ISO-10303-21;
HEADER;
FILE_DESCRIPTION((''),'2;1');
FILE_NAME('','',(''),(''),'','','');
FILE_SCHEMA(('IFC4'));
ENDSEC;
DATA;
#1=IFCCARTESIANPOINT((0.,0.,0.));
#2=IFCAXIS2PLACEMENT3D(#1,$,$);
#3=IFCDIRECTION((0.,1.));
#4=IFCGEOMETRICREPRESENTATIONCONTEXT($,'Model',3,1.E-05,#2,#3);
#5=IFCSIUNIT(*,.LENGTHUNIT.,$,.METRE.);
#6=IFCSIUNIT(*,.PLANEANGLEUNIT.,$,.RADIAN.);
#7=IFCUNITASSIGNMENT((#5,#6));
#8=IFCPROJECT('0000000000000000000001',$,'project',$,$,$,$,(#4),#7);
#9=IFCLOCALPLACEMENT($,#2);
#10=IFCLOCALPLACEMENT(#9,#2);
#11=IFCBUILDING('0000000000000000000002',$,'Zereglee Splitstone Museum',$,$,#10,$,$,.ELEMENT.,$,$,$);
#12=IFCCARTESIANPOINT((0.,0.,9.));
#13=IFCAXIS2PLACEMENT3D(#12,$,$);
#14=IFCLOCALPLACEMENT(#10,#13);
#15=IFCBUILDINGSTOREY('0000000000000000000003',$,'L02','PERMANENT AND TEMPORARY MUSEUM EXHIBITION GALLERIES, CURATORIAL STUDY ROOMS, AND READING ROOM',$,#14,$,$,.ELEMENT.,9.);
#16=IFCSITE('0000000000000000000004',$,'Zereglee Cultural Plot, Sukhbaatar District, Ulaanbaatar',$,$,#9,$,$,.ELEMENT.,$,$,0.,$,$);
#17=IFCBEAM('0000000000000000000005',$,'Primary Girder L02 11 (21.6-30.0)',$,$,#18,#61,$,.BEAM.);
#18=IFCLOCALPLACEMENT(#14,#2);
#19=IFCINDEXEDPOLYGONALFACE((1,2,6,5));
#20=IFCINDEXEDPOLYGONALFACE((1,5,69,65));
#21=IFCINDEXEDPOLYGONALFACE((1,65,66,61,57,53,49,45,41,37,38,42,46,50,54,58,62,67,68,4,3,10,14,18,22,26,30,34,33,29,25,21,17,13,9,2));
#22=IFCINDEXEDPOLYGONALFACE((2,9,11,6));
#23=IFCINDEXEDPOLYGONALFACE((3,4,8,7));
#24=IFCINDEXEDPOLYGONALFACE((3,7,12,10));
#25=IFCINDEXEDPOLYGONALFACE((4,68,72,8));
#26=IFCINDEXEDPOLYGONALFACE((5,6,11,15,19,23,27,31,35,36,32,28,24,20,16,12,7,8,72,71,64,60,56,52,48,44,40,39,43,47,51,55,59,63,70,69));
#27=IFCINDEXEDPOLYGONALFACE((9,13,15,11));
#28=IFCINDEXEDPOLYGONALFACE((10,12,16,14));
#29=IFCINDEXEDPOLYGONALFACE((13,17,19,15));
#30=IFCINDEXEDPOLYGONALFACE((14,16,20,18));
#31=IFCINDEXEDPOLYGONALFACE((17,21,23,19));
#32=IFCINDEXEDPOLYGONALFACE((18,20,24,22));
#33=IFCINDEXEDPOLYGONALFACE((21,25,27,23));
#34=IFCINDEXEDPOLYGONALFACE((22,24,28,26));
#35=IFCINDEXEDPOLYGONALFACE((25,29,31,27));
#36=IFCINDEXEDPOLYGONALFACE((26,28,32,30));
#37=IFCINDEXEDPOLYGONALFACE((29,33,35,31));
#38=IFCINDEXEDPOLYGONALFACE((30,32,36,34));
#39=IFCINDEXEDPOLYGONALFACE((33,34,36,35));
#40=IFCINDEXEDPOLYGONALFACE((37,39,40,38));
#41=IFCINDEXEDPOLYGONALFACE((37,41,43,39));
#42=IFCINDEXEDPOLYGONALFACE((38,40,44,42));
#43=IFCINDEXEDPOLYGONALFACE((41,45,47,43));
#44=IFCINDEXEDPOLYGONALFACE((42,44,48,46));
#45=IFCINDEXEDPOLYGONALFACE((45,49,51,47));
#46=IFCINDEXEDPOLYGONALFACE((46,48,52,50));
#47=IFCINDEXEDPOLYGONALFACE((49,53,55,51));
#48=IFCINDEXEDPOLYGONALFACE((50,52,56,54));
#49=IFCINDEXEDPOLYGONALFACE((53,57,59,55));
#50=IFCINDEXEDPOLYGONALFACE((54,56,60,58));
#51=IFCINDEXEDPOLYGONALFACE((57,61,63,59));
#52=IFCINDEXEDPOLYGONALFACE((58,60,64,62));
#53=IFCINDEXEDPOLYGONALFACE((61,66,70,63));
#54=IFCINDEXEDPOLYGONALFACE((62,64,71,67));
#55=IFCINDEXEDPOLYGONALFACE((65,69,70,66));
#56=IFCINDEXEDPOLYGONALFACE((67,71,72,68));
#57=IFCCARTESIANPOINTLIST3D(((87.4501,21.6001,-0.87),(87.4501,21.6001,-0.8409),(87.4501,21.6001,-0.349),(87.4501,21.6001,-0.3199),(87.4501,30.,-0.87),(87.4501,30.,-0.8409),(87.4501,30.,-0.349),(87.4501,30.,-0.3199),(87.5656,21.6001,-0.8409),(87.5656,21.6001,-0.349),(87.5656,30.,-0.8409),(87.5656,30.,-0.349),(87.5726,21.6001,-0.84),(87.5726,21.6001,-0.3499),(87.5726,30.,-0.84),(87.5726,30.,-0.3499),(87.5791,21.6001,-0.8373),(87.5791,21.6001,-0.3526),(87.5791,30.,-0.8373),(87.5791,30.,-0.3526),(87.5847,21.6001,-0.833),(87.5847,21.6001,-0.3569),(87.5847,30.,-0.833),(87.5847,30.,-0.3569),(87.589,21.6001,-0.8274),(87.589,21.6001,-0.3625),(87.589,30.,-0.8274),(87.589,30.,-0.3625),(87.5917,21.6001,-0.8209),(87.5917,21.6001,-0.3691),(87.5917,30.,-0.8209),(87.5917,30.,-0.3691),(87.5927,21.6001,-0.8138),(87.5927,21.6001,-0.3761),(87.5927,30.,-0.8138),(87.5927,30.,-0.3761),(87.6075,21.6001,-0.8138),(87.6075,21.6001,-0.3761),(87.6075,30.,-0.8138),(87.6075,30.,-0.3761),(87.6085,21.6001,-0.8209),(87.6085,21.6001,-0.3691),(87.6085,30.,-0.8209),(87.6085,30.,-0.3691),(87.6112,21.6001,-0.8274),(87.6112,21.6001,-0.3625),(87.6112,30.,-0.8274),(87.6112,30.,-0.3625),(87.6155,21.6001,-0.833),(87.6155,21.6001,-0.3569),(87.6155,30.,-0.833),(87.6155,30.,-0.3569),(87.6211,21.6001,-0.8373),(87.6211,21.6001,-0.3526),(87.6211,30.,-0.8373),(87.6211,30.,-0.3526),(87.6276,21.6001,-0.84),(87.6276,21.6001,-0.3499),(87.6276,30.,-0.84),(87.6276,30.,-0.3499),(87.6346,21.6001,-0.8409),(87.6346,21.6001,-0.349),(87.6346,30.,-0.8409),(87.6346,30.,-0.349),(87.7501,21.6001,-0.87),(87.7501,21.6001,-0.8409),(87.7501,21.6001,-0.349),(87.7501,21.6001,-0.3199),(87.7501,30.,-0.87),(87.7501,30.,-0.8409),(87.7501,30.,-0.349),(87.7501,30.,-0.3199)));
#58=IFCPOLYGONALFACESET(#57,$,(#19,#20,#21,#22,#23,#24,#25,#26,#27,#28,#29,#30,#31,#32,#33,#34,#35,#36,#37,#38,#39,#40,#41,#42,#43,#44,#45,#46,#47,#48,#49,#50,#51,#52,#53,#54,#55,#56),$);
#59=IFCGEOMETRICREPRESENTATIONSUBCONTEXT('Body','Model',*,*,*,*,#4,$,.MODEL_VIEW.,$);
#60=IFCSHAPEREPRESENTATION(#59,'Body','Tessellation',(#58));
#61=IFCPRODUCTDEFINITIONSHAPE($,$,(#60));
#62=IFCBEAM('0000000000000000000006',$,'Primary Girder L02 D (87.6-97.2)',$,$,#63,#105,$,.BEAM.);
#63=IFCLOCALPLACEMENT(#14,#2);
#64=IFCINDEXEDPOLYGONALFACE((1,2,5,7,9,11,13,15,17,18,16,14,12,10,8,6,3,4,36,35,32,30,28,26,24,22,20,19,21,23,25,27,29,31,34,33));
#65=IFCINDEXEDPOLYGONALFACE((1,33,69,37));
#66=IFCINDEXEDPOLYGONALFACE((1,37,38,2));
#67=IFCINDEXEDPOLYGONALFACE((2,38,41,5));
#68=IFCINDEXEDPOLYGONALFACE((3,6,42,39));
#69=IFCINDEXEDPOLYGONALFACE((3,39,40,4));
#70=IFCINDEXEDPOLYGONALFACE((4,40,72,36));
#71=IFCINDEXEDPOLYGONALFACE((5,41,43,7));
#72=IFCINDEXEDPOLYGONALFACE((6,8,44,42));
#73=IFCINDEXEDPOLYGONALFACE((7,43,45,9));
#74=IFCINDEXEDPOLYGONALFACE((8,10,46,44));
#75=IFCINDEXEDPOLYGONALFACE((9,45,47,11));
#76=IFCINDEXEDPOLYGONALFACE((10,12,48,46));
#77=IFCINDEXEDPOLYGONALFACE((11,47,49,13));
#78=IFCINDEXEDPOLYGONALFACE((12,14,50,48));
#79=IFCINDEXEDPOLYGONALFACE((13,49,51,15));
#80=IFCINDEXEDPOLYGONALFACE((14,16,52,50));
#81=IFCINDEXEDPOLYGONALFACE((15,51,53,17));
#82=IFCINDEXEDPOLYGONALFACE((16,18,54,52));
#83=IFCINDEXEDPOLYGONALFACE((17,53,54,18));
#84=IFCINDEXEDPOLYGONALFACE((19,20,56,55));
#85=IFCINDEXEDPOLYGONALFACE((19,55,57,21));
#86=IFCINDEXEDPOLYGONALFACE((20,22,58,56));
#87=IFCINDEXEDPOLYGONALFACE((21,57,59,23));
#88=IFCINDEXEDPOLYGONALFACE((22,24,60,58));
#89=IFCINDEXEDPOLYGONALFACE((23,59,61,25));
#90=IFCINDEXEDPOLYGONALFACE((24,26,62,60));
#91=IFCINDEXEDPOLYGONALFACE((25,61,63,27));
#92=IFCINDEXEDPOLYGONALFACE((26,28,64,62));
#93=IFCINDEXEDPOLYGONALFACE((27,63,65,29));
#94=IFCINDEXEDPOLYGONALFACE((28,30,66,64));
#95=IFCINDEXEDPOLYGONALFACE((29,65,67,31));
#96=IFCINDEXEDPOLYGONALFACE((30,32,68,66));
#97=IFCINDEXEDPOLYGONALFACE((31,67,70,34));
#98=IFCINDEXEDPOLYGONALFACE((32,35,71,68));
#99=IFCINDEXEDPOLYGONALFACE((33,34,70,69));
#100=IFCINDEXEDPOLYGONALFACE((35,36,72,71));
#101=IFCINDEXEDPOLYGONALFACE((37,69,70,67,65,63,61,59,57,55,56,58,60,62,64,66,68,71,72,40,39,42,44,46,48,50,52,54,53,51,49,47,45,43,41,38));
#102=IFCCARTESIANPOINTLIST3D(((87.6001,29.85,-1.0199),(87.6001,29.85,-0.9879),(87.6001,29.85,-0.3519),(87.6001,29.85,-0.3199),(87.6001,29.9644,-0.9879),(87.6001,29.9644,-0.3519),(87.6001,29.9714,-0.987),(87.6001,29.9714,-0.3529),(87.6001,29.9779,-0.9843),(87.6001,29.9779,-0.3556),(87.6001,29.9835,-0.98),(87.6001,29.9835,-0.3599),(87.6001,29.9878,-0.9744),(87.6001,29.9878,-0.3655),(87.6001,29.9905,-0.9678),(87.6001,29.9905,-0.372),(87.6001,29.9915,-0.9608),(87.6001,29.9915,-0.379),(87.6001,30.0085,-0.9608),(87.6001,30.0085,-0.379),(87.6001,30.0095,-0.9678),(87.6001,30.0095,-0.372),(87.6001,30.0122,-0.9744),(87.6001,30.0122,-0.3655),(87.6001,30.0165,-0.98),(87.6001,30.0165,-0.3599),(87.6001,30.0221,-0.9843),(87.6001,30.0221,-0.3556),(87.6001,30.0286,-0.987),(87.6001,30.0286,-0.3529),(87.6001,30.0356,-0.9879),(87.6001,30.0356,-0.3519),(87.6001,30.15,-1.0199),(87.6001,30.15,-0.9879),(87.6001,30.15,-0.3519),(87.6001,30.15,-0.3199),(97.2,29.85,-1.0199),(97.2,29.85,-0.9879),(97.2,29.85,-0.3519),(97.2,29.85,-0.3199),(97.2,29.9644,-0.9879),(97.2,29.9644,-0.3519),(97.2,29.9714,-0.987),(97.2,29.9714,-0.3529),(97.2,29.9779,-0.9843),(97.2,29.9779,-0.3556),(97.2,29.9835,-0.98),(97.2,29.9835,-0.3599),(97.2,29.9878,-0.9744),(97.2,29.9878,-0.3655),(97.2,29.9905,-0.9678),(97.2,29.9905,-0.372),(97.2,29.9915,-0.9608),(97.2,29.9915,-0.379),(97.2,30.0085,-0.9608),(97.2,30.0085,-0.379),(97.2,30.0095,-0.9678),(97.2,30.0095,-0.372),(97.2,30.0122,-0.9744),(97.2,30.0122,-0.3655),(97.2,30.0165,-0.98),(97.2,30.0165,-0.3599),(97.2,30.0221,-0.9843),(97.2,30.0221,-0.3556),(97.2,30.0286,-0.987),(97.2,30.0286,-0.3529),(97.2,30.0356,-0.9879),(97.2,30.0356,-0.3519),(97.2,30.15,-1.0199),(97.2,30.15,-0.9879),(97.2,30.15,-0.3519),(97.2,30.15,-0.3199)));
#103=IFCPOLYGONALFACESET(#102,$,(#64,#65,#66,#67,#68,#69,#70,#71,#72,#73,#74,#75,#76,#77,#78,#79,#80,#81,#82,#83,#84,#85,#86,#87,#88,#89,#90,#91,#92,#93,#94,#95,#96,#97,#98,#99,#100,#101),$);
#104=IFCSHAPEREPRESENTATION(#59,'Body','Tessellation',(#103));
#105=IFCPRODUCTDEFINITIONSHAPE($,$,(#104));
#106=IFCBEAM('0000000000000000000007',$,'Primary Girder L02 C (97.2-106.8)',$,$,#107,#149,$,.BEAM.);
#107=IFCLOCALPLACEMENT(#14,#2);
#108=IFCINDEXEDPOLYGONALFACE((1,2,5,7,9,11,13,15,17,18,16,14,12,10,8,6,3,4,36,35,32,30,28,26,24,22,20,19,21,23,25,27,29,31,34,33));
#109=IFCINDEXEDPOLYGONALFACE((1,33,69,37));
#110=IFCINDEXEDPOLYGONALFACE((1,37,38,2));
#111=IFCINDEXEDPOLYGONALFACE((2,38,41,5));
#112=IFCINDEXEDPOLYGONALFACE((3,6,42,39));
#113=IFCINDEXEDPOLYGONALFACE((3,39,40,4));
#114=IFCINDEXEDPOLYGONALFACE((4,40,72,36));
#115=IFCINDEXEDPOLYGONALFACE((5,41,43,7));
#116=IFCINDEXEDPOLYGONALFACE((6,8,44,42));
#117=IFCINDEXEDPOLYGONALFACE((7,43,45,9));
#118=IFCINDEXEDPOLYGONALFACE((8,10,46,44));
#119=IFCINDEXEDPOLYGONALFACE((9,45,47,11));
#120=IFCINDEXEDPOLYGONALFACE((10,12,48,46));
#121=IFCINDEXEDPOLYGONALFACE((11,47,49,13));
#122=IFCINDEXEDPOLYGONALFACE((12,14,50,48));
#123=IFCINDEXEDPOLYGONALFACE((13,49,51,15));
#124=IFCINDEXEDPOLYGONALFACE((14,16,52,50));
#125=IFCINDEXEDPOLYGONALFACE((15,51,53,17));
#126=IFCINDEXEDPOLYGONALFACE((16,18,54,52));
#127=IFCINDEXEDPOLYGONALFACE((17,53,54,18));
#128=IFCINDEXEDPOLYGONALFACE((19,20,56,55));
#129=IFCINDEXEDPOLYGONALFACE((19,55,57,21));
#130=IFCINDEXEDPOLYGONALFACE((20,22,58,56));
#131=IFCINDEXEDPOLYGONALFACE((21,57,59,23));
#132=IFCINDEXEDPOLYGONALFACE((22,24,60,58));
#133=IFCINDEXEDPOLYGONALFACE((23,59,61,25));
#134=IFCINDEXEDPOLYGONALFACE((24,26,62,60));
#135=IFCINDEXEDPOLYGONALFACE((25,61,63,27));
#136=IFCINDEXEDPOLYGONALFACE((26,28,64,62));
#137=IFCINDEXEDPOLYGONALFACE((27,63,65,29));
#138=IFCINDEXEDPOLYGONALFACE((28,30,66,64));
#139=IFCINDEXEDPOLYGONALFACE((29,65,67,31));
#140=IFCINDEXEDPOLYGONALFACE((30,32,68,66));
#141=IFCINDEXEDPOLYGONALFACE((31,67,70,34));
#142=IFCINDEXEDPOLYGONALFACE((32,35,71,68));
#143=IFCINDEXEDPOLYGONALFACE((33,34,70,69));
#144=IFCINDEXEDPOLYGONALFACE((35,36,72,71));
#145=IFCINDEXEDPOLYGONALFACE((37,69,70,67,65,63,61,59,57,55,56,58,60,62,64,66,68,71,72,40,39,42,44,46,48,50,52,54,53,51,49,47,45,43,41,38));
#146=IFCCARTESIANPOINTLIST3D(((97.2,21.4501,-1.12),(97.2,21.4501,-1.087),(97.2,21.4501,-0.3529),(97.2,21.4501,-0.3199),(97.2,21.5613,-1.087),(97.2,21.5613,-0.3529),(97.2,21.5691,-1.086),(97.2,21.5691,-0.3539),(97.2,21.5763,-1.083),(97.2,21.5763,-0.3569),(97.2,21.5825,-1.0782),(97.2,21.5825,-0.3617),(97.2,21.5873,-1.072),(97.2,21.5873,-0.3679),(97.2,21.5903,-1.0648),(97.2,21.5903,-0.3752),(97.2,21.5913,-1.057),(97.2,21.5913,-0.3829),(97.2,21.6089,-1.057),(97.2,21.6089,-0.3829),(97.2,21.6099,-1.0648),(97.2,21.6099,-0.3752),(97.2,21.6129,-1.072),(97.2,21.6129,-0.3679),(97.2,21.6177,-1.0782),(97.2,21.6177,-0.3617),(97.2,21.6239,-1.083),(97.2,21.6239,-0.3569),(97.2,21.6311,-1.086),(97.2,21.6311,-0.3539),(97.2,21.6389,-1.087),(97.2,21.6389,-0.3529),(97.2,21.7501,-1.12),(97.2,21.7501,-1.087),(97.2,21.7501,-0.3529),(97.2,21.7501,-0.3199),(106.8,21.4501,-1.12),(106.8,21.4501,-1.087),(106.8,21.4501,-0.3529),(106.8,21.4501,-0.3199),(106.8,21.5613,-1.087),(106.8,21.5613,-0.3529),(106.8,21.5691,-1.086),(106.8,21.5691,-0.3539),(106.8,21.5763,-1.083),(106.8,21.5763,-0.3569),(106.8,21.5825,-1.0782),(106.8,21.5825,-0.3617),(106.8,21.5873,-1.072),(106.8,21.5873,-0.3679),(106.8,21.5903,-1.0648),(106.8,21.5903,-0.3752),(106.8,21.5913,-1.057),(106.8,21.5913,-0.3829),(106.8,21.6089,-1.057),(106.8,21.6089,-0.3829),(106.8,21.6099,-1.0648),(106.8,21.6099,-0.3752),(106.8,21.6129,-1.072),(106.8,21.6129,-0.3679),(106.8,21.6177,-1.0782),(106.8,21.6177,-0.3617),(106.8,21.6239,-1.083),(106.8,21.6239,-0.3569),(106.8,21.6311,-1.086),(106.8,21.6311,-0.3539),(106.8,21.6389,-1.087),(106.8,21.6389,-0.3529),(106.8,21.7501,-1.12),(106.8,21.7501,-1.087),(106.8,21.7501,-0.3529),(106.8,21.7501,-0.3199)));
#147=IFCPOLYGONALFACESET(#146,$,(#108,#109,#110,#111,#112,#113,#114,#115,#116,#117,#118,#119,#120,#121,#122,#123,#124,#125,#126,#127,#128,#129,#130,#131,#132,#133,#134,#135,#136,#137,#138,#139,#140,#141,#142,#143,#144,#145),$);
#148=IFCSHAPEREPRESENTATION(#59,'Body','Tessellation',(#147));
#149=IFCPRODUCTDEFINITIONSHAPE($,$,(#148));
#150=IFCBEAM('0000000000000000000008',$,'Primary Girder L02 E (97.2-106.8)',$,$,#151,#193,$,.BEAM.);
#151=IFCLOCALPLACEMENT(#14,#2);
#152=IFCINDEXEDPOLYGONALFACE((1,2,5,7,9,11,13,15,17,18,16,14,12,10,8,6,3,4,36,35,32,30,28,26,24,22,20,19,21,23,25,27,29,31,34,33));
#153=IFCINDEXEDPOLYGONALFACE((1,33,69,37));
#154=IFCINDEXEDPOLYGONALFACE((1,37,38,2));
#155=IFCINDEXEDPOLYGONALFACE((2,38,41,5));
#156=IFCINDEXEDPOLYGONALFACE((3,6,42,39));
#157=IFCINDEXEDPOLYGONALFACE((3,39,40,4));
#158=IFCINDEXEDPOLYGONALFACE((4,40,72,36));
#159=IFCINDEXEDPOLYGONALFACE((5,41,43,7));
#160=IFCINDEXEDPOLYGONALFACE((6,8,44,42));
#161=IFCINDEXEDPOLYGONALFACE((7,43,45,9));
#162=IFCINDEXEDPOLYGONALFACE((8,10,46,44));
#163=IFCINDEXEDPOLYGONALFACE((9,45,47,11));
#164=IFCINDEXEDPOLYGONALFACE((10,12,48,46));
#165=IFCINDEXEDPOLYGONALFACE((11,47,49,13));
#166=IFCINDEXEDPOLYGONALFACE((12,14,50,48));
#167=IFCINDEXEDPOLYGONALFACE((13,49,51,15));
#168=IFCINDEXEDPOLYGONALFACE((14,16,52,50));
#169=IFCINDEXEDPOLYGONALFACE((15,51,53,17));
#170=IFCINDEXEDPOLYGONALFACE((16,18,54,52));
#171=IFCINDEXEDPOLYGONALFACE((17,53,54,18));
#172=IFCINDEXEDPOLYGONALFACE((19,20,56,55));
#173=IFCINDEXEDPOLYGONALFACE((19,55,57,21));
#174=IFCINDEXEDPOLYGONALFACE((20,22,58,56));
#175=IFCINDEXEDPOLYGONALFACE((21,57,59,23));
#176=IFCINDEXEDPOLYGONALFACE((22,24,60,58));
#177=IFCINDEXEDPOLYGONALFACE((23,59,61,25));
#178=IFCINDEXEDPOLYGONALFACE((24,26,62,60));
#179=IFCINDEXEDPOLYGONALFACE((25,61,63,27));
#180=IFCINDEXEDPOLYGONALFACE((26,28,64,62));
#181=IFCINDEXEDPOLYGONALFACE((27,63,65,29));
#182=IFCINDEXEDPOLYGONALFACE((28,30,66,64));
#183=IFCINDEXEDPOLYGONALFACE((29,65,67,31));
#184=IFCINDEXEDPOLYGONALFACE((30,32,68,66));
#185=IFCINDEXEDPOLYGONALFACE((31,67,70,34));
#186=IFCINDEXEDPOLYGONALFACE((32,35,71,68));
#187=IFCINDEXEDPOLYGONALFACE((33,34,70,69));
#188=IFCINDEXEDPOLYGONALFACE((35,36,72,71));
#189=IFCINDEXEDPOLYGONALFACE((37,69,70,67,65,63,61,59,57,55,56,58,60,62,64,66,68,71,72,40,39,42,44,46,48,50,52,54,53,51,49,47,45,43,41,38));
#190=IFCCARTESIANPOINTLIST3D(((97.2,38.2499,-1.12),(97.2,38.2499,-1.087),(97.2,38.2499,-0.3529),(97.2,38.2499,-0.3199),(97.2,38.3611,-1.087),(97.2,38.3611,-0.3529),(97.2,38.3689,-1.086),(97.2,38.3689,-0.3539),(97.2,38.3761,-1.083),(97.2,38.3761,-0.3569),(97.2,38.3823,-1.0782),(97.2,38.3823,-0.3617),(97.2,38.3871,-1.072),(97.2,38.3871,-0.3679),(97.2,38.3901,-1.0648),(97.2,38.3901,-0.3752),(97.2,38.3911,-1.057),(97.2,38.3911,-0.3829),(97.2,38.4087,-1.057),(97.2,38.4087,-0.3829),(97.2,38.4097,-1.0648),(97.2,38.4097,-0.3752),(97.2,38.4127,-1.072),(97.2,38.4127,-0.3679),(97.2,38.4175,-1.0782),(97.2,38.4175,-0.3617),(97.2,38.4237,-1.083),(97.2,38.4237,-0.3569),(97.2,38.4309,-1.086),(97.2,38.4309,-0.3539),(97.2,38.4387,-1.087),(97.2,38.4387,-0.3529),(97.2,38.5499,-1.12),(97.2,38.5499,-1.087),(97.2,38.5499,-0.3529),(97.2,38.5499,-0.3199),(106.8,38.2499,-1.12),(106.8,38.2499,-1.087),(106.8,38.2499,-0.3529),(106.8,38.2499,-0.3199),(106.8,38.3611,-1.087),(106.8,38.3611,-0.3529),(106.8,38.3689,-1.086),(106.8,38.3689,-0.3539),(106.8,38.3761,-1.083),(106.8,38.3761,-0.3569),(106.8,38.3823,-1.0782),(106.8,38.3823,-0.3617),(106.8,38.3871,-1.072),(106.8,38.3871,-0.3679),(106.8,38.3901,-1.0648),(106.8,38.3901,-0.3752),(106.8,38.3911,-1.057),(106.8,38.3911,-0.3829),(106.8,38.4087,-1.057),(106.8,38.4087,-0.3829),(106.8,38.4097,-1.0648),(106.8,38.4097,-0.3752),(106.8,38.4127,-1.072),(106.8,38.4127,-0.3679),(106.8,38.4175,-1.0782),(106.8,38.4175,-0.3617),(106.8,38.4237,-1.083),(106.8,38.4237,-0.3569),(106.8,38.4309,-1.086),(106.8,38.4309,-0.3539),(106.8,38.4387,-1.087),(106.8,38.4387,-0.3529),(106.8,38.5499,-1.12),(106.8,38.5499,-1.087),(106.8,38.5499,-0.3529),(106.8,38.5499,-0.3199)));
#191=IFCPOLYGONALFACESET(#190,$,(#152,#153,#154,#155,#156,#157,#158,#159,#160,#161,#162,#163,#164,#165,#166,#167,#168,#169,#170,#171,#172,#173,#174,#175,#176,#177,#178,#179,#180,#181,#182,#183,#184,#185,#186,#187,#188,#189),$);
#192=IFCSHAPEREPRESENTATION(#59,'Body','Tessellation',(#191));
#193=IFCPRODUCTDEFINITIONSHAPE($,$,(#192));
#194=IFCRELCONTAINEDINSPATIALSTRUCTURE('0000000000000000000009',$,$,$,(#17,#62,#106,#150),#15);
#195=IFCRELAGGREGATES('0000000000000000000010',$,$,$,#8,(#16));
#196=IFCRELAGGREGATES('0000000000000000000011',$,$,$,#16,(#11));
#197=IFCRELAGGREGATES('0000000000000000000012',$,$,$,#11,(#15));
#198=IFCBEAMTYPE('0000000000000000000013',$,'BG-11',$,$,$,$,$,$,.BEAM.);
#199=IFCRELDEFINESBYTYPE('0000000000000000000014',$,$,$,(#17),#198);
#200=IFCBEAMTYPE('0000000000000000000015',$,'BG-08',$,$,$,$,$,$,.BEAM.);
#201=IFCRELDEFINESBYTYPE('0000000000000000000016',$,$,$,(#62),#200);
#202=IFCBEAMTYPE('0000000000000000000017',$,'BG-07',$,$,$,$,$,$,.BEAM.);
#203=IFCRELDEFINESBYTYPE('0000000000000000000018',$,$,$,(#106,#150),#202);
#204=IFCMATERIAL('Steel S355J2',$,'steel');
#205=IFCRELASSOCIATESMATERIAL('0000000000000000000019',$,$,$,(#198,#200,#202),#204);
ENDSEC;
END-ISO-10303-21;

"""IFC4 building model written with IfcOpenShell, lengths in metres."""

from ifc_helpers import new_model, si_unit, direction, frame, origin, origin_2d, place, context, subcontext, project, spatial, i_section, extrude, material, material_profile, profile_set, type_object, element, save


model = new_model("IFC4")

# Units and contexts
model_context = context("Model", 3, precision=1e-05, world=origin(), true_north=direction((0.0, 1.0)))
body_context = subcontext(model_context, "Body", "Model", "MODEL_VIEW")
ifc_project = project(units=[si_unit("LENGTHUNIT", "METRE"), si_unit("PLANEANGLEUNIT", "RADIAN")], contexts=[model_context])

# Site, building, storey
site_placement = place(None, origin())
site = spatial("IfcSite", under=ifc_project, at=site_placement, Name="Zereglee Cultural Plot, Sukhbaatar District, Ulaanbaatar", CompositionType="ELEMENT", RefElevation=0.0)
building_placement = place(site_placement, origin())
building = spatial("IfcBuilding", under=site, at=building_placement, Name="Zereglee Splitstone Museum", CompositionType="ELEMENT")
storey_placement = place(building_placement, frame((0.0, 0.0, 9.0)))
storey = spatial("IfcBuildingStorey", under=building, at=storey_placement, Name="L02", Description="PERMANENT AND TEMPORARY MUSEUM EXHIBITION GALLERIES, CURATORIAL STUDY ROOMS, AND READING ROOM", CompositionType="ELEMENT", Elevation=9.0)

# Shared definitions
ifc_material_1 = material(Name="Steel S355J2", Category="steel")

# Beams
ifc_material_profile_1 = material_profile(ifc_material_1, i_section(OverallWidth=0.3, OverallDepth=0.55, WebThickness=0.0149, FlangeThickness=0.0291, FilletRadius=0.0271, at=origin_2d()), Name="HE 550 B")
ifc_profile_set_1 = profile_set([ifc_material_profile_1], Name="Steel S355J2")
beam_type_1 = type_object("IfcBeamType", Name="BG-11", PredefinedType="BEAM", material=ifc_profile_set_1)
beam_1_placement = place(storey_placement, frame((87.6001, 21.6001, -0.595), z_axis=(0.0, 1.0, 0.0), x_axis=(-1.0, 0.0, 0.0)))
element("IfcBeam", 1, at=beam_1_placement, inside=storey, type_object=beam_type_1, Name="Primary Girder L02 11 (21.6-30.0)", PredefinedType="BEAM", context=body_context, shape_type="SweptSolid", body=[
    extrude(i_section(OverallWidth=0.3, OverallDepth=0.55, WebThickness=0.0149, FlangeThickness=0.0291, FilletRadius=0.0271, at=origin_2d()), origin(), (0.0, 0.0, 1.0), 8.3999),
])
ifc_material_profile_2 = material_profile(ifc_material_1, i_section(OverallWidth=0.3, OverallDepth=0.7, WebThickness=0.0171, FlangeThickness=0.032, FilletRadius=0.0271, at=origin_2d()), Name="HE 700 B")
ifc_profile_set_2 = profile_set([ifc_material_profile_2], Name="Steel S355J2")
beam_type_2 = type_object("IfcBeamType", Name="BG-08", PredefinedType="BEAM", material=ifc_profile_set_2)
beam_2_placement = place(storey_placement, frame((87.6001, 30.0, -0.6699), z_axis=(1.0, 0.0, 0.0), x_axis=(0.0, 1.0, 0.0)))
element("IfcBeam", 2, at=beam_2_placement, inside=storey, type_object=beam_type_2, Name="Primary Girder L02 D (87.6-97.2)", PredefinedType="BEAM", context=body_context, shape_type="SweptSolid", body=[
    extrude(i_section(OverallWidth=0.3, OverallDepth=0.7, WebThickness=0.0171, FlangeThickness=0.032, FilletRadius=0.0271, at=origin_2d()), origin(), (0.0, 0.0, 1.0), 9.5999),
])
ifc_material_profile_3 = material_profile(ifc_material_1, i_section(OverallWidth=0.3, OverallDepth=0.8, WebThickness=0.0176, FlangeThickness=0.033, FilletRadius=0.03, at=origin_2d()), Name="HE 800 B")
ifc_profile_set_3 = profile_set([ifc_material_profile_3], Name="Steel S355J2")
beam_type_3 = type_object("IfcBeamType", Name="BG-07", PredefinedType="BEAM", material=ifc_profile_set_3)
for number, where, z_axis, x_axis, name in (
    (3, (97.2, 21.6001, -0.72), (1.0, 0.0, 0.0), (0.0, 1.0, 0.0), "Primary Girder L02 C (97.2-106.8)"),
    (4, (97.2, 38.3999, -0.72), (1.0, 0.0, 0.0), (0.0, 1.0, 0.0), "Primary Girder L02 E (97.2-106.8)"),
):
    element("IfcBeam", number, at=place(storey_placement, frame(where, z_axis=z_axis, x_axis=x_axis)), inside=storey, type_object=beam_type_3, Name=name, PredefinedType="BEAM", context=body_context, shape_type="SweptSolid", body=[
        extrude(i_section(OverallWidth=0.3, OverallDepth=0.8, WebThickness=0.0176, FlangeThickness=0.033, FilletRadius=0.03, at=origin_2d()), origin(), (0.0, 0.0, 1.0), 9.6001),
    ])

save(model, "model.ifc")
